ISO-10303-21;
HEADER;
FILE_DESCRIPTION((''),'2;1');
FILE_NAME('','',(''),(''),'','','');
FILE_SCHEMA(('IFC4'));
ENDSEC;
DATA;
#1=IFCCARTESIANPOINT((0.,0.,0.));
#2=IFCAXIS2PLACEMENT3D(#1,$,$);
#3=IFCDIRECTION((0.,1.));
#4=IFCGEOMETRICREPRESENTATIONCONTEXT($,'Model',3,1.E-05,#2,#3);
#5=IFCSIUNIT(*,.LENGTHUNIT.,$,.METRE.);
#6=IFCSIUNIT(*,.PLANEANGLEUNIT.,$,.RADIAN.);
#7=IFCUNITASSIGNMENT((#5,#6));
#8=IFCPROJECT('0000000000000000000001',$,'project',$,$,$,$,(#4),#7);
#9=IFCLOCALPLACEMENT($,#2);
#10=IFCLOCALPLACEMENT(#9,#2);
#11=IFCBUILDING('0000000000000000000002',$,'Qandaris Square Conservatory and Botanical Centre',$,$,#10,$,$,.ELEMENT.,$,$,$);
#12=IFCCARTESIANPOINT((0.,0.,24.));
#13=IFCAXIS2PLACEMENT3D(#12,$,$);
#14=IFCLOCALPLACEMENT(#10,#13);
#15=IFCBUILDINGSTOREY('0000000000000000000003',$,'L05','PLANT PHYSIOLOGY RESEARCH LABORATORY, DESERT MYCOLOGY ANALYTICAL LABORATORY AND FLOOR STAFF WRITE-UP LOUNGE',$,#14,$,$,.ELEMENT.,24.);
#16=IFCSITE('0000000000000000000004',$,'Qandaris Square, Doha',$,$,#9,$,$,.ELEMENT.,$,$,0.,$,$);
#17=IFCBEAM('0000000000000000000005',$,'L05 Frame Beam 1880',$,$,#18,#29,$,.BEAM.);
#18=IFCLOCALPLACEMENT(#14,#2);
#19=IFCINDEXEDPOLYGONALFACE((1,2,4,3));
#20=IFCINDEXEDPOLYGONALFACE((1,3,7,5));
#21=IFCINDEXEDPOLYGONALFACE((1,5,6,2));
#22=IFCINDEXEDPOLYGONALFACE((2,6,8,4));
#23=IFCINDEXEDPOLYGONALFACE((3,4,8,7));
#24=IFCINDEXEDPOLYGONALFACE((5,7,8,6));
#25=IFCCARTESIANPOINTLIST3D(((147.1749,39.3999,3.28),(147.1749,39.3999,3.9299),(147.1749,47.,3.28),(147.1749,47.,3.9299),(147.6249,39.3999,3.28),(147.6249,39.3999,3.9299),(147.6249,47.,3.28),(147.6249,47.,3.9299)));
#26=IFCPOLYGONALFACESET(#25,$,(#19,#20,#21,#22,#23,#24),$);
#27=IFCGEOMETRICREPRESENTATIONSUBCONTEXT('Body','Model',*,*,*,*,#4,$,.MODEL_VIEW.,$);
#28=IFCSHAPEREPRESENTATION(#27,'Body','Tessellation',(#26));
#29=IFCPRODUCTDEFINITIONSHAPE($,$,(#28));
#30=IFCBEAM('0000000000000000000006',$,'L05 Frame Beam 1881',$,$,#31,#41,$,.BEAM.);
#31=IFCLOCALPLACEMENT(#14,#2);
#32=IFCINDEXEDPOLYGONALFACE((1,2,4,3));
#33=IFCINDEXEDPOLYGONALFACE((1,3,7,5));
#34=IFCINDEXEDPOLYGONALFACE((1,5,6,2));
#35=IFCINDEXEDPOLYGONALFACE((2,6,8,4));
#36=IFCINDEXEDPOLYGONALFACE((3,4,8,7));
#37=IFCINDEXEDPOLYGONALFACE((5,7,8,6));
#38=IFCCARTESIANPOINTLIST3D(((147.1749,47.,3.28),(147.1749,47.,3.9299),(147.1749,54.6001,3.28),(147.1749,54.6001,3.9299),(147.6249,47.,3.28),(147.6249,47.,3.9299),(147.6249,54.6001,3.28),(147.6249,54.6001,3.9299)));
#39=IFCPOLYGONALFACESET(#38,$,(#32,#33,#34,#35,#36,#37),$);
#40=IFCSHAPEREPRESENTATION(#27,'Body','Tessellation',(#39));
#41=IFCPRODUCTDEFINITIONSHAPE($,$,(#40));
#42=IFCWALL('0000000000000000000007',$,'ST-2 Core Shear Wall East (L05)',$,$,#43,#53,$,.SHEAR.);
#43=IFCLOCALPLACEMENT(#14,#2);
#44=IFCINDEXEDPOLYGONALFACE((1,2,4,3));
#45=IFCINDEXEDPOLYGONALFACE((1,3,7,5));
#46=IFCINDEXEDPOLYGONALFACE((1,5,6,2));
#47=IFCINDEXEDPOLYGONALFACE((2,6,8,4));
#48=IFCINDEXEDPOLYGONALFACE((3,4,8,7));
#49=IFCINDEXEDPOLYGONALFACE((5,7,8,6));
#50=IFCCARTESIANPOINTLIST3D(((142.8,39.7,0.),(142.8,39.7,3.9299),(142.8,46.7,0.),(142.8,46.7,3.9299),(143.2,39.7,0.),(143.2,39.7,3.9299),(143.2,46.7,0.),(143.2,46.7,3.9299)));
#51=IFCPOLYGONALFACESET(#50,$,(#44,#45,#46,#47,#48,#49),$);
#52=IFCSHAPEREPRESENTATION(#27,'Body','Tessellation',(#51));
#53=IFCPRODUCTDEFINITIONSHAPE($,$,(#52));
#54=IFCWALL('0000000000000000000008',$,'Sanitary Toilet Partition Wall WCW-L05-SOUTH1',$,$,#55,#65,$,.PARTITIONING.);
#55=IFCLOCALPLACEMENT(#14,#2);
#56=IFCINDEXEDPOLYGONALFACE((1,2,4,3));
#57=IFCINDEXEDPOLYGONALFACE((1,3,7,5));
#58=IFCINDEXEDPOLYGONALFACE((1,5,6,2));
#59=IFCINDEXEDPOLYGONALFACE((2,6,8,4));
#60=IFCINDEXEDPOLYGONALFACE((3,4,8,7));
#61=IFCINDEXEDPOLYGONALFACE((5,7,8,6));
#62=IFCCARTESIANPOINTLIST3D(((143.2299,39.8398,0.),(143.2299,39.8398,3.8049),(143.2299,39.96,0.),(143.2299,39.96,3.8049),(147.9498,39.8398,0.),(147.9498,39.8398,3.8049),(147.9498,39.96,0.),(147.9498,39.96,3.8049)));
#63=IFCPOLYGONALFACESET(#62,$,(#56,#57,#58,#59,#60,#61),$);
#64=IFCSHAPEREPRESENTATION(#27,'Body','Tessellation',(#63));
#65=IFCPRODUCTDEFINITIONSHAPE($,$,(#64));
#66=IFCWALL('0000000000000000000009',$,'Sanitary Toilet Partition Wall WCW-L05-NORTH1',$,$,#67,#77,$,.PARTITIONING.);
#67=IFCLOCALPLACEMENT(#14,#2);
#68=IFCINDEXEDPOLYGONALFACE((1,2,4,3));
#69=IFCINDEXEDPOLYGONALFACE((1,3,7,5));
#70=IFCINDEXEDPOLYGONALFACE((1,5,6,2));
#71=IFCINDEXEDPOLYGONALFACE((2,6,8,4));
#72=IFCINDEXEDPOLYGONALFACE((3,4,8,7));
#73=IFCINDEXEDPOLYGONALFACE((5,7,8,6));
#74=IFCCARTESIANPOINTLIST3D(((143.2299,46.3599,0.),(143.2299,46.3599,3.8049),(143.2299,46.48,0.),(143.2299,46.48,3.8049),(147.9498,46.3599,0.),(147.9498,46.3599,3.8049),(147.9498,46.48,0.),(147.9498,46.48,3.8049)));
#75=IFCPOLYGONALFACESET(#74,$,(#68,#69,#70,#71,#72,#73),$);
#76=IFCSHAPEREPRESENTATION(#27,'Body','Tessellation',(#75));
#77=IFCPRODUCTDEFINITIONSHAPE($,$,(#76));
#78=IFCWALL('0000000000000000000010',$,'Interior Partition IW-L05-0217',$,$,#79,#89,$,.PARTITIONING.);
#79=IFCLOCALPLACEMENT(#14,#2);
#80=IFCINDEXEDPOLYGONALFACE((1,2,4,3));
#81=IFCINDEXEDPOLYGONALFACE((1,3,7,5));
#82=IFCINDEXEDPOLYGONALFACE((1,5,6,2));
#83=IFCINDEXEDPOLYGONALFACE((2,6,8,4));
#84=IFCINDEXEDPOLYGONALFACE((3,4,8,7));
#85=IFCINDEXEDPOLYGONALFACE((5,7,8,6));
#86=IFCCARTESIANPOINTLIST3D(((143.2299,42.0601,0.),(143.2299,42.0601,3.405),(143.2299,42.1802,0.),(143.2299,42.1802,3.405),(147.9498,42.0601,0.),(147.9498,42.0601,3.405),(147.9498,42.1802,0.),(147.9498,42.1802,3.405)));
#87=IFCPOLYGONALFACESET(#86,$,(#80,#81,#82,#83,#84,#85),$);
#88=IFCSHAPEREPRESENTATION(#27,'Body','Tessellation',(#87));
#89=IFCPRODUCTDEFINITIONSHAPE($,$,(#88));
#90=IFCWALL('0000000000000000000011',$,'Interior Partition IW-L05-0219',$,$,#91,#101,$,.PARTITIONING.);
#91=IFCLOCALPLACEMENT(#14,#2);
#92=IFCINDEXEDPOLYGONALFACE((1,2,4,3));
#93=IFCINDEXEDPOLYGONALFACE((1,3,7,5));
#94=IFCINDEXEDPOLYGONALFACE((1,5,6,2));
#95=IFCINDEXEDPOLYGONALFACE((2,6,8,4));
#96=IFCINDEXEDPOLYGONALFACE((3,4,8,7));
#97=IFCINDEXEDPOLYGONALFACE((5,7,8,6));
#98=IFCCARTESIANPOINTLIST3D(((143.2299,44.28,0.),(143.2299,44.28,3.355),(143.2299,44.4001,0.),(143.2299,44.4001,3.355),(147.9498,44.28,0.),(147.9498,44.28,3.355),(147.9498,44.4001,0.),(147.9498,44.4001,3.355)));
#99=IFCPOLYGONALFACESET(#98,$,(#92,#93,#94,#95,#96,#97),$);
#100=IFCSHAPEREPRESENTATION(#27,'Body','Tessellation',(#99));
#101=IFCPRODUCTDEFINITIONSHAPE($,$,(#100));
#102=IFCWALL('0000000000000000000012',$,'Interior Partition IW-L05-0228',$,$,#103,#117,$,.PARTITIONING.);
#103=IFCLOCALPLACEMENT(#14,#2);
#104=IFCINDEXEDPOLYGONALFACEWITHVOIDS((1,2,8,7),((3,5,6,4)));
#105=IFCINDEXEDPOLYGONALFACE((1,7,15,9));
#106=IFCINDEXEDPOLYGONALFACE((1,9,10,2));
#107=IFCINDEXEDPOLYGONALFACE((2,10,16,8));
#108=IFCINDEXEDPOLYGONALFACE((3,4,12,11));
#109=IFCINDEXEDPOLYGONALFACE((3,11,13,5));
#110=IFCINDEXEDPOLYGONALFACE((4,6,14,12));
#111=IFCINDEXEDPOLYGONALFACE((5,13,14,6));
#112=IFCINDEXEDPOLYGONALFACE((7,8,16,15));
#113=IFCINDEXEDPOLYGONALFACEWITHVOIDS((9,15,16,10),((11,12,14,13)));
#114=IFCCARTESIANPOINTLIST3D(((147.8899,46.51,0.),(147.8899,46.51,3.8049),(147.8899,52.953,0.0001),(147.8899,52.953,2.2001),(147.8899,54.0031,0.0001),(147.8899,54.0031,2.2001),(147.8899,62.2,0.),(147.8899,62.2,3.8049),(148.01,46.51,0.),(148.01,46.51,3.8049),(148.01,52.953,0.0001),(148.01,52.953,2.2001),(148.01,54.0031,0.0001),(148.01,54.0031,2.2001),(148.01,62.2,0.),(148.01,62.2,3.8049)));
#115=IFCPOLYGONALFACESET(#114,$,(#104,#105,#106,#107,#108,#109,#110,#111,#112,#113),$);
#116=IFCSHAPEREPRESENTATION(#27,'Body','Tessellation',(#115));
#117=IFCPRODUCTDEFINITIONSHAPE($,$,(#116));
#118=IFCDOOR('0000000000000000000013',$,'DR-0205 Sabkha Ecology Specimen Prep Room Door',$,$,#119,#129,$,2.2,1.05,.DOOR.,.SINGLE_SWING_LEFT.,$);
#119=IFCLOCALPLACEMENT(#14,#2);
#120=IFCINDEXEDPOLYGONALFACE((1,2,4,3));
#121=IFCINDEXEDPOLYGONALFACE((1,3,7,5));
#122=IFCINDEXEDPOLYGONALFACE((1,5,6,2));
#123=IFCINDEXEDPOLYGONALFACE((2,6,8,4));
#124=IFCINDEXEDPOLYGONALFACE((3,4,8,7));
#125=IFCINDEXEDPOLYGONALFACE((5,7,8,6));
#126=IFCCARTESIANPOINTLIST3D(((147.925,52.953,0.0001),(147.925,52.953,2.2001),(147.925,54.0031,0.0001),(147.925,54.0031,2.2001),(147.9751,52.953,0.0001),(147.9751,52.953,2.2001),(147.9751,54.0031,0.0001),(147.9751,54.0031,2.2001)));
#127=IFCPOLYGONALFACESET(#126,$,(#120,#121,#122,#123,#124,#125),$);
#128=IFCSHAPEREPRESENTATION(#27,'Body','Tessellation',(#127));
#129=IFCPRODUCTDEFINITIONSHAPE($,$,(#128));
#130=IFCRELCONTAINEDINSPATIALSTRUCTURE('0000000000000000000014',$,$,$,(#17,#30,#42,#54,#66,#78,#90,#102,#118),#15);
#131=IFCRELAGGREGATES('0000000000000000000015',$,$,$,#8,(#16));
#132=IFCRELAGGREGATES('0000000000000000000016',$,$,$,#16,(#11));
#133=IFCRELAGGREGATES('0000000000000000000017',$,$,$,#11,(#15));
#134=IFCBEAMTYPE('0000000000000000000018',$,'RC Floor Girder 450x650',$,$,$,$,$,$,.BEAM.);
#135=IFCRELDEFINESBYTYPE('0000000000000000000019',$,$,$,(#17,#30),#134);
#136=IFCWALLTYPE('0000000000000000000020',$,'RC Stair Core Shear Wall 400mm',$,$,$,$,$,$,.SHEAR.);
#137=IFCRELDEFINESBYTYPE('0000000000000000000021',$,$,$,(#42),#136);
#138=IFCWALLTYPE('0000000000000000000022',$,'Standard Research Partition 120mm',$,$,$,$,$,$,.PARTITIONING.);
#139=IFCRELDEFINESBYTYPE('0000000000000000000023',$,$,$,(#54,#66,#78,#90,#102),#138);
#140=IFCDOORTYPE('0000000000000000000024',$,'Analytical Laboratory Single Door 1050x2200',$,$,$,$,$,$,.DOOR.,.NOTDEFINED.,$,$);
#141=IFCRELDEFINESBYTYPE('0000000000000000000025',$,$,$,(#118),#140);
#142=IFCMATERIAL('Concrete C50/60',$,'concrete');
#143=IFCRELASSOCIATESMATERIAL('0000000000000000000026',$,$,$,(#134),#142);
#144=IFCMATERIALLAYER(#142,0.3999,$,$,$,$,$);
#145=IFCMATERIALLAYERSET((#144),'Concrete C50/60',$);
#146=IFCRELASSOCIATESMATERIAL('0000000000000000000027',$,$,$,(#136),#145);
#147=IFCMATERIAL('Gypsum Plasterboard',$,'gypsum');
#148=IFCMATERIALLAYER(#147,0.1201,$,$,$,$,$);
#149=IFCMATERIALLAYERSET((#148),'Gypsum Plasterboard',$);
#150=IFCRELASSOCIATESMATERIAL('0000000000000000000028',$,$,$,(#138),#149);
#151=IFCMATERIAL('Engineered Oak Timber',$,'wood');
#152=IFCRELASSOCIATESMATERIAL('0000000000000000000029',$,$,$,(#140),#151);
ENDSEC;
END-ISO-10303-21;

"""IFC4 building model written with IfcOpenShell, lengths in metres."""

from ifc_helpers import new_model, si_unit, direction, frame, frame_2d, origin, origin_2d, place, context, subcontext, project, spatial, rectangle, extrude, material, layer, layer_set, material_profile, profile_set, type_object, element, fill, save


model = new_model("IFC4")

# Units and contexts
model_context = context("Model", 3, precision=1e-05, world=origin(), true_north=direction((0.0, 1.0)))
body_context = subcontext(model_context, "Body", "Model", "MODEL_VIEW")
ifc_project = project(units=[si_unit("LENGTHUNIT", "METRE"), si_unit("PLANEANGLEUNIT", "RADIAN")], contexts=[model_context])

# Site, building, storey
site_placement = place(None, origin())
site = spatial("IfcSite", under=ifc_project, at=site_placement, Name="Qandaris Square, Doha", CompositionType="ELEMENT", RefElevation=0.0)
building_placement = place(site_placement, origin())
building = spatial("IfcBuilding", under=site, at=building_placement, Name="Qandaris Square Conservatory and Botanical Centre", CompositionType="ELEMENT")
storey_placement = place(building_placement, frame((0.0, 0.0, 24.0)))
storey = spatial("IfcBuildingStorey", under=building, at=storey_placement, Name="L05", Description="PLANT PHYSIOLOGY RESEARCH LABORATORY, DESERT MYCOLOGY ANALYTICAL LABORATORY AND FLOOR STAFF WRITE-UP LOUNGE", CompositionType="ELEMENT", Elevation=24.0)

# Shared definitions
ifc_material_1 = material(Name="Concrete C50/60", Category="concrete")

# Beams
ifc_material_profile_1 = material_profile(ifc_material_1, rectangle(XDim=0.45, YDim=0.6499, at=origin_2d()), Name="RC-BM 450x650")
ifc_profile_set_1 = profile_set([ifc_material_profile_1], Name="Concrete C50/60")
beam_type_1 = type_object("IfcBeamType", Name="RC Floor Girder 450x650", PredefinedType="BEAM", material=ifc_profile_set_1)
for number, where, z_axis, x_axis, name in (
    (1, (147.3999, 39.3999, 3.605), (0.0, 1.0, 0.0), (-1.0, 0.0, 0.0), "L05 Frame Beam 1880"),
    (2, (147.3999, 47.0, 3.605), (0.0, 1.0, 0.0), (-1.0, 0.0, 0.0), "L05 Frame Beam 1881"),
):
    element("IfcBeam", number, at=place(storey_placement, frame(where, z_axis=z_axis, x_axis=x_axis)), inside=storey, type_object=beam_type_1, Name=name, PredefinedType="BEAM", context=body_context, shape_type="SweptSolid", body=[
        extrude(rectangle(XDim=0.45, YDim=0.6499, at=origin_2d()), origin(), (0.0, 0.0, 1.0), 7.6001),
    ])

# Walls
ifc_layer_1 = layer(ifc_material_1, 0.3999)
ifc_layer_set_1 = layer_set([ifc_layer_1], Name="Concrete C50/60")
wall_type_1 = type_object("IfcWallType", Name="RC Stair Core Shear Wall 400mm", PredefinedType="SHEAR", material=ifc_layer_set_1)
wall_1_placement = place(storey_placement, frame((143.0, 39.7, 0.0), z_axis=(0.0, 0.0, 1.0), x_axis=(0.0, 1.0, 0.0)))
element("IfcWall", 3, at=wall_1_placement, inside=storey, type_object=wall_type_1, Name="ST-2 Core Shear Wall East (L05)", PredefinedType="SHEAR", context=body_context, shape_type="SweptSolid", body=[
    extrude(rectangle(XDim=7.0, YDim=0.3999, at=frame_2d((3.5, 0.0))), origin(), (0.0, 0.0, 1.0), 3.9299),
])
ifc_material_2 = material(Name="Gypsum Plasterboard", Category="gypsum")
ifc_layer_2 = layer(ifc_material_2, 0.1201)
ifc_layer_set_2 = layer_set([ifc_layer_2], Name="Gypsum Plasterboard")
wall_type_2 = type_object("IfcWallType", Name="Standard Research Partition 120mm", PredefinedType="PARTITIONING", material=ifc_layer_set_2)
for number, where, z_axis, x_axis, name in (
    (4, (143.23, 39.8999, 0.0), (0.0, 0.0, 1.0), (1.0, 0.0, 0.0), "Sanitary Toilet Partition Wall WCW-L05-SOUTH1"),
    (5, (143.23, 46.4199, 0.0), (0.0, 0.0, 1.0), (1.0, 0.0, 0.0), "Sanitary Toilet Partition Wall WCW-L05-NORTH1"),
):
    element("IfcWall", number, at=place(storey_placement, frame(where, z_axis=z_axis, x_axis=x_axis)), inside=storey, type_object=wall_type_2, Name=name, PredefinedType="PARTITIONING", context=body_context, shape_type="SweptSolid", body=[
        extrude(rectangle(XDim=4.72, YDim=0.1201, at=frame_2d((2.3599, 0.0))), origin(), (0.0, 0.0, 1.0), 3.8049),
    ])
wall_2_placement = place(storey_placement, frame((143.23, 42.1201, 0.0), z_axis=(0.0, 0.0, 1.0), x_axis=(1.0, 0.0, 0.0)))
element("IfcWall", 6, at=wall_2_placement, inside=storey, type_object=wall_type_2, Name="Interior Partition IW-L05-0217", PredefinedType="PARTITIONING", context=body_context, shape_type="SweptSolid", body=[
    extrude(rectangle(XDim=4.72, YDim=0.1201, at=frame_2d((2.3599, 0.0))), origin(), (0.0, 0.0, 1.0), 3.405),
])

# Shared definitions
ifc_material_3 = material(Name="Engineered Oak Timber", Category="wood")

# Wall
wall_3_placement = place(storey_placement, frame((143.23, 44.3401, 0.0), z_axis=(0.0, 0.0, 1.0), x_axis=(1.0, 0.0, 0.0)))
element("IfcWall", 7, at=wall_3_placement, inside=storey, type_object=wall_type_2, Name="Interior Partition IW-L05-0219", PredefinedType="PARTITIONING", context=body_context, shape_type="SweptSolid", body=[
    extrude(rectangle(XDim=4.72, YDim=0.1201, at=frame_2d((2.3599, 0.0))), origin(), (0.0, 0.0, 1.0), 3.355),
])

# Wall, opening, door
wall_4_placement = place(storey_placement, frame((147.95, 46.51, 0.0), z_axis=(0.0, 0.0, 1.0), x_axis=(0.0, 1.0, 0.0)))
wall_4 = element("IfcWall", 8, at=wall_4_placement, inside=storey, type_object=wall_type_2, Name="Interior Partition IW-L05-0228", PredefinedType="PARTITIONING", context=body_context, shape_type="SweptSolid", body=[
    extrude(rectangle(XDim=15.6899, YDim=0.1201, at=frame_2d((7.845, 0.0))), origin(), (0.0, 0.0, 1.0), 3.8049),
])
opening_1_placement = place(wall_4_placement, frame((6.4431, 0.0, 0.0)))
opening_1 = element("IfcOpeningElement", 9, at=opening_1_placement, cuts=wall_4, PredefinedType="OPENING", context=body_context, shape_type="SweptSolid", body=[
    extrude(rectangle(XDim=1.05, YDim=2.2, at=frame_2d((0.5249, 1.1001))), frame((0.0, 0.072, 0.0), z_axis=(0.0, -1.0, 0.0), x_axis=(1.0, 0.0, 0.0)), (0.0, 0.0, 1.0), 0.144),
])
door_type_1 = type_object("IfcDoorType", Name="Analytical Laboratory Single Door 1050x2200", OperationType="NOTDEFINED", PredefinedType="DOOR", material=ifc_material_3)
door_1_placement = place(opening_1_placement, origin())
door_1 = element("IfcDoor", 10, at=door_1_placement, inside=storey, type_object=door_type_1, Name="DR-0205 Sabkha Ecology Specimen Prep Room Door", OperationType="SINGLE_SWING_LEFT", OverallHeight=2.2, OverallWidth=1.05, PredefinedType="DOOR", context=body_context, shape_type="SweptSolid", body=[
    extrude(rectangle(XDim=1.05, YDim=2.2, at=frame_2d((0.5249, 1.1001))), frame((0.0, 0.0249, 0.0), z_axis=(0.0, -1.0, 0.0), x_axis=(1.0, 0.0, 0.0)), (0.0, 0.0, 1.0), 0.05),
])
fill(opening_1, door_1)

save(model, "model.ifc")
